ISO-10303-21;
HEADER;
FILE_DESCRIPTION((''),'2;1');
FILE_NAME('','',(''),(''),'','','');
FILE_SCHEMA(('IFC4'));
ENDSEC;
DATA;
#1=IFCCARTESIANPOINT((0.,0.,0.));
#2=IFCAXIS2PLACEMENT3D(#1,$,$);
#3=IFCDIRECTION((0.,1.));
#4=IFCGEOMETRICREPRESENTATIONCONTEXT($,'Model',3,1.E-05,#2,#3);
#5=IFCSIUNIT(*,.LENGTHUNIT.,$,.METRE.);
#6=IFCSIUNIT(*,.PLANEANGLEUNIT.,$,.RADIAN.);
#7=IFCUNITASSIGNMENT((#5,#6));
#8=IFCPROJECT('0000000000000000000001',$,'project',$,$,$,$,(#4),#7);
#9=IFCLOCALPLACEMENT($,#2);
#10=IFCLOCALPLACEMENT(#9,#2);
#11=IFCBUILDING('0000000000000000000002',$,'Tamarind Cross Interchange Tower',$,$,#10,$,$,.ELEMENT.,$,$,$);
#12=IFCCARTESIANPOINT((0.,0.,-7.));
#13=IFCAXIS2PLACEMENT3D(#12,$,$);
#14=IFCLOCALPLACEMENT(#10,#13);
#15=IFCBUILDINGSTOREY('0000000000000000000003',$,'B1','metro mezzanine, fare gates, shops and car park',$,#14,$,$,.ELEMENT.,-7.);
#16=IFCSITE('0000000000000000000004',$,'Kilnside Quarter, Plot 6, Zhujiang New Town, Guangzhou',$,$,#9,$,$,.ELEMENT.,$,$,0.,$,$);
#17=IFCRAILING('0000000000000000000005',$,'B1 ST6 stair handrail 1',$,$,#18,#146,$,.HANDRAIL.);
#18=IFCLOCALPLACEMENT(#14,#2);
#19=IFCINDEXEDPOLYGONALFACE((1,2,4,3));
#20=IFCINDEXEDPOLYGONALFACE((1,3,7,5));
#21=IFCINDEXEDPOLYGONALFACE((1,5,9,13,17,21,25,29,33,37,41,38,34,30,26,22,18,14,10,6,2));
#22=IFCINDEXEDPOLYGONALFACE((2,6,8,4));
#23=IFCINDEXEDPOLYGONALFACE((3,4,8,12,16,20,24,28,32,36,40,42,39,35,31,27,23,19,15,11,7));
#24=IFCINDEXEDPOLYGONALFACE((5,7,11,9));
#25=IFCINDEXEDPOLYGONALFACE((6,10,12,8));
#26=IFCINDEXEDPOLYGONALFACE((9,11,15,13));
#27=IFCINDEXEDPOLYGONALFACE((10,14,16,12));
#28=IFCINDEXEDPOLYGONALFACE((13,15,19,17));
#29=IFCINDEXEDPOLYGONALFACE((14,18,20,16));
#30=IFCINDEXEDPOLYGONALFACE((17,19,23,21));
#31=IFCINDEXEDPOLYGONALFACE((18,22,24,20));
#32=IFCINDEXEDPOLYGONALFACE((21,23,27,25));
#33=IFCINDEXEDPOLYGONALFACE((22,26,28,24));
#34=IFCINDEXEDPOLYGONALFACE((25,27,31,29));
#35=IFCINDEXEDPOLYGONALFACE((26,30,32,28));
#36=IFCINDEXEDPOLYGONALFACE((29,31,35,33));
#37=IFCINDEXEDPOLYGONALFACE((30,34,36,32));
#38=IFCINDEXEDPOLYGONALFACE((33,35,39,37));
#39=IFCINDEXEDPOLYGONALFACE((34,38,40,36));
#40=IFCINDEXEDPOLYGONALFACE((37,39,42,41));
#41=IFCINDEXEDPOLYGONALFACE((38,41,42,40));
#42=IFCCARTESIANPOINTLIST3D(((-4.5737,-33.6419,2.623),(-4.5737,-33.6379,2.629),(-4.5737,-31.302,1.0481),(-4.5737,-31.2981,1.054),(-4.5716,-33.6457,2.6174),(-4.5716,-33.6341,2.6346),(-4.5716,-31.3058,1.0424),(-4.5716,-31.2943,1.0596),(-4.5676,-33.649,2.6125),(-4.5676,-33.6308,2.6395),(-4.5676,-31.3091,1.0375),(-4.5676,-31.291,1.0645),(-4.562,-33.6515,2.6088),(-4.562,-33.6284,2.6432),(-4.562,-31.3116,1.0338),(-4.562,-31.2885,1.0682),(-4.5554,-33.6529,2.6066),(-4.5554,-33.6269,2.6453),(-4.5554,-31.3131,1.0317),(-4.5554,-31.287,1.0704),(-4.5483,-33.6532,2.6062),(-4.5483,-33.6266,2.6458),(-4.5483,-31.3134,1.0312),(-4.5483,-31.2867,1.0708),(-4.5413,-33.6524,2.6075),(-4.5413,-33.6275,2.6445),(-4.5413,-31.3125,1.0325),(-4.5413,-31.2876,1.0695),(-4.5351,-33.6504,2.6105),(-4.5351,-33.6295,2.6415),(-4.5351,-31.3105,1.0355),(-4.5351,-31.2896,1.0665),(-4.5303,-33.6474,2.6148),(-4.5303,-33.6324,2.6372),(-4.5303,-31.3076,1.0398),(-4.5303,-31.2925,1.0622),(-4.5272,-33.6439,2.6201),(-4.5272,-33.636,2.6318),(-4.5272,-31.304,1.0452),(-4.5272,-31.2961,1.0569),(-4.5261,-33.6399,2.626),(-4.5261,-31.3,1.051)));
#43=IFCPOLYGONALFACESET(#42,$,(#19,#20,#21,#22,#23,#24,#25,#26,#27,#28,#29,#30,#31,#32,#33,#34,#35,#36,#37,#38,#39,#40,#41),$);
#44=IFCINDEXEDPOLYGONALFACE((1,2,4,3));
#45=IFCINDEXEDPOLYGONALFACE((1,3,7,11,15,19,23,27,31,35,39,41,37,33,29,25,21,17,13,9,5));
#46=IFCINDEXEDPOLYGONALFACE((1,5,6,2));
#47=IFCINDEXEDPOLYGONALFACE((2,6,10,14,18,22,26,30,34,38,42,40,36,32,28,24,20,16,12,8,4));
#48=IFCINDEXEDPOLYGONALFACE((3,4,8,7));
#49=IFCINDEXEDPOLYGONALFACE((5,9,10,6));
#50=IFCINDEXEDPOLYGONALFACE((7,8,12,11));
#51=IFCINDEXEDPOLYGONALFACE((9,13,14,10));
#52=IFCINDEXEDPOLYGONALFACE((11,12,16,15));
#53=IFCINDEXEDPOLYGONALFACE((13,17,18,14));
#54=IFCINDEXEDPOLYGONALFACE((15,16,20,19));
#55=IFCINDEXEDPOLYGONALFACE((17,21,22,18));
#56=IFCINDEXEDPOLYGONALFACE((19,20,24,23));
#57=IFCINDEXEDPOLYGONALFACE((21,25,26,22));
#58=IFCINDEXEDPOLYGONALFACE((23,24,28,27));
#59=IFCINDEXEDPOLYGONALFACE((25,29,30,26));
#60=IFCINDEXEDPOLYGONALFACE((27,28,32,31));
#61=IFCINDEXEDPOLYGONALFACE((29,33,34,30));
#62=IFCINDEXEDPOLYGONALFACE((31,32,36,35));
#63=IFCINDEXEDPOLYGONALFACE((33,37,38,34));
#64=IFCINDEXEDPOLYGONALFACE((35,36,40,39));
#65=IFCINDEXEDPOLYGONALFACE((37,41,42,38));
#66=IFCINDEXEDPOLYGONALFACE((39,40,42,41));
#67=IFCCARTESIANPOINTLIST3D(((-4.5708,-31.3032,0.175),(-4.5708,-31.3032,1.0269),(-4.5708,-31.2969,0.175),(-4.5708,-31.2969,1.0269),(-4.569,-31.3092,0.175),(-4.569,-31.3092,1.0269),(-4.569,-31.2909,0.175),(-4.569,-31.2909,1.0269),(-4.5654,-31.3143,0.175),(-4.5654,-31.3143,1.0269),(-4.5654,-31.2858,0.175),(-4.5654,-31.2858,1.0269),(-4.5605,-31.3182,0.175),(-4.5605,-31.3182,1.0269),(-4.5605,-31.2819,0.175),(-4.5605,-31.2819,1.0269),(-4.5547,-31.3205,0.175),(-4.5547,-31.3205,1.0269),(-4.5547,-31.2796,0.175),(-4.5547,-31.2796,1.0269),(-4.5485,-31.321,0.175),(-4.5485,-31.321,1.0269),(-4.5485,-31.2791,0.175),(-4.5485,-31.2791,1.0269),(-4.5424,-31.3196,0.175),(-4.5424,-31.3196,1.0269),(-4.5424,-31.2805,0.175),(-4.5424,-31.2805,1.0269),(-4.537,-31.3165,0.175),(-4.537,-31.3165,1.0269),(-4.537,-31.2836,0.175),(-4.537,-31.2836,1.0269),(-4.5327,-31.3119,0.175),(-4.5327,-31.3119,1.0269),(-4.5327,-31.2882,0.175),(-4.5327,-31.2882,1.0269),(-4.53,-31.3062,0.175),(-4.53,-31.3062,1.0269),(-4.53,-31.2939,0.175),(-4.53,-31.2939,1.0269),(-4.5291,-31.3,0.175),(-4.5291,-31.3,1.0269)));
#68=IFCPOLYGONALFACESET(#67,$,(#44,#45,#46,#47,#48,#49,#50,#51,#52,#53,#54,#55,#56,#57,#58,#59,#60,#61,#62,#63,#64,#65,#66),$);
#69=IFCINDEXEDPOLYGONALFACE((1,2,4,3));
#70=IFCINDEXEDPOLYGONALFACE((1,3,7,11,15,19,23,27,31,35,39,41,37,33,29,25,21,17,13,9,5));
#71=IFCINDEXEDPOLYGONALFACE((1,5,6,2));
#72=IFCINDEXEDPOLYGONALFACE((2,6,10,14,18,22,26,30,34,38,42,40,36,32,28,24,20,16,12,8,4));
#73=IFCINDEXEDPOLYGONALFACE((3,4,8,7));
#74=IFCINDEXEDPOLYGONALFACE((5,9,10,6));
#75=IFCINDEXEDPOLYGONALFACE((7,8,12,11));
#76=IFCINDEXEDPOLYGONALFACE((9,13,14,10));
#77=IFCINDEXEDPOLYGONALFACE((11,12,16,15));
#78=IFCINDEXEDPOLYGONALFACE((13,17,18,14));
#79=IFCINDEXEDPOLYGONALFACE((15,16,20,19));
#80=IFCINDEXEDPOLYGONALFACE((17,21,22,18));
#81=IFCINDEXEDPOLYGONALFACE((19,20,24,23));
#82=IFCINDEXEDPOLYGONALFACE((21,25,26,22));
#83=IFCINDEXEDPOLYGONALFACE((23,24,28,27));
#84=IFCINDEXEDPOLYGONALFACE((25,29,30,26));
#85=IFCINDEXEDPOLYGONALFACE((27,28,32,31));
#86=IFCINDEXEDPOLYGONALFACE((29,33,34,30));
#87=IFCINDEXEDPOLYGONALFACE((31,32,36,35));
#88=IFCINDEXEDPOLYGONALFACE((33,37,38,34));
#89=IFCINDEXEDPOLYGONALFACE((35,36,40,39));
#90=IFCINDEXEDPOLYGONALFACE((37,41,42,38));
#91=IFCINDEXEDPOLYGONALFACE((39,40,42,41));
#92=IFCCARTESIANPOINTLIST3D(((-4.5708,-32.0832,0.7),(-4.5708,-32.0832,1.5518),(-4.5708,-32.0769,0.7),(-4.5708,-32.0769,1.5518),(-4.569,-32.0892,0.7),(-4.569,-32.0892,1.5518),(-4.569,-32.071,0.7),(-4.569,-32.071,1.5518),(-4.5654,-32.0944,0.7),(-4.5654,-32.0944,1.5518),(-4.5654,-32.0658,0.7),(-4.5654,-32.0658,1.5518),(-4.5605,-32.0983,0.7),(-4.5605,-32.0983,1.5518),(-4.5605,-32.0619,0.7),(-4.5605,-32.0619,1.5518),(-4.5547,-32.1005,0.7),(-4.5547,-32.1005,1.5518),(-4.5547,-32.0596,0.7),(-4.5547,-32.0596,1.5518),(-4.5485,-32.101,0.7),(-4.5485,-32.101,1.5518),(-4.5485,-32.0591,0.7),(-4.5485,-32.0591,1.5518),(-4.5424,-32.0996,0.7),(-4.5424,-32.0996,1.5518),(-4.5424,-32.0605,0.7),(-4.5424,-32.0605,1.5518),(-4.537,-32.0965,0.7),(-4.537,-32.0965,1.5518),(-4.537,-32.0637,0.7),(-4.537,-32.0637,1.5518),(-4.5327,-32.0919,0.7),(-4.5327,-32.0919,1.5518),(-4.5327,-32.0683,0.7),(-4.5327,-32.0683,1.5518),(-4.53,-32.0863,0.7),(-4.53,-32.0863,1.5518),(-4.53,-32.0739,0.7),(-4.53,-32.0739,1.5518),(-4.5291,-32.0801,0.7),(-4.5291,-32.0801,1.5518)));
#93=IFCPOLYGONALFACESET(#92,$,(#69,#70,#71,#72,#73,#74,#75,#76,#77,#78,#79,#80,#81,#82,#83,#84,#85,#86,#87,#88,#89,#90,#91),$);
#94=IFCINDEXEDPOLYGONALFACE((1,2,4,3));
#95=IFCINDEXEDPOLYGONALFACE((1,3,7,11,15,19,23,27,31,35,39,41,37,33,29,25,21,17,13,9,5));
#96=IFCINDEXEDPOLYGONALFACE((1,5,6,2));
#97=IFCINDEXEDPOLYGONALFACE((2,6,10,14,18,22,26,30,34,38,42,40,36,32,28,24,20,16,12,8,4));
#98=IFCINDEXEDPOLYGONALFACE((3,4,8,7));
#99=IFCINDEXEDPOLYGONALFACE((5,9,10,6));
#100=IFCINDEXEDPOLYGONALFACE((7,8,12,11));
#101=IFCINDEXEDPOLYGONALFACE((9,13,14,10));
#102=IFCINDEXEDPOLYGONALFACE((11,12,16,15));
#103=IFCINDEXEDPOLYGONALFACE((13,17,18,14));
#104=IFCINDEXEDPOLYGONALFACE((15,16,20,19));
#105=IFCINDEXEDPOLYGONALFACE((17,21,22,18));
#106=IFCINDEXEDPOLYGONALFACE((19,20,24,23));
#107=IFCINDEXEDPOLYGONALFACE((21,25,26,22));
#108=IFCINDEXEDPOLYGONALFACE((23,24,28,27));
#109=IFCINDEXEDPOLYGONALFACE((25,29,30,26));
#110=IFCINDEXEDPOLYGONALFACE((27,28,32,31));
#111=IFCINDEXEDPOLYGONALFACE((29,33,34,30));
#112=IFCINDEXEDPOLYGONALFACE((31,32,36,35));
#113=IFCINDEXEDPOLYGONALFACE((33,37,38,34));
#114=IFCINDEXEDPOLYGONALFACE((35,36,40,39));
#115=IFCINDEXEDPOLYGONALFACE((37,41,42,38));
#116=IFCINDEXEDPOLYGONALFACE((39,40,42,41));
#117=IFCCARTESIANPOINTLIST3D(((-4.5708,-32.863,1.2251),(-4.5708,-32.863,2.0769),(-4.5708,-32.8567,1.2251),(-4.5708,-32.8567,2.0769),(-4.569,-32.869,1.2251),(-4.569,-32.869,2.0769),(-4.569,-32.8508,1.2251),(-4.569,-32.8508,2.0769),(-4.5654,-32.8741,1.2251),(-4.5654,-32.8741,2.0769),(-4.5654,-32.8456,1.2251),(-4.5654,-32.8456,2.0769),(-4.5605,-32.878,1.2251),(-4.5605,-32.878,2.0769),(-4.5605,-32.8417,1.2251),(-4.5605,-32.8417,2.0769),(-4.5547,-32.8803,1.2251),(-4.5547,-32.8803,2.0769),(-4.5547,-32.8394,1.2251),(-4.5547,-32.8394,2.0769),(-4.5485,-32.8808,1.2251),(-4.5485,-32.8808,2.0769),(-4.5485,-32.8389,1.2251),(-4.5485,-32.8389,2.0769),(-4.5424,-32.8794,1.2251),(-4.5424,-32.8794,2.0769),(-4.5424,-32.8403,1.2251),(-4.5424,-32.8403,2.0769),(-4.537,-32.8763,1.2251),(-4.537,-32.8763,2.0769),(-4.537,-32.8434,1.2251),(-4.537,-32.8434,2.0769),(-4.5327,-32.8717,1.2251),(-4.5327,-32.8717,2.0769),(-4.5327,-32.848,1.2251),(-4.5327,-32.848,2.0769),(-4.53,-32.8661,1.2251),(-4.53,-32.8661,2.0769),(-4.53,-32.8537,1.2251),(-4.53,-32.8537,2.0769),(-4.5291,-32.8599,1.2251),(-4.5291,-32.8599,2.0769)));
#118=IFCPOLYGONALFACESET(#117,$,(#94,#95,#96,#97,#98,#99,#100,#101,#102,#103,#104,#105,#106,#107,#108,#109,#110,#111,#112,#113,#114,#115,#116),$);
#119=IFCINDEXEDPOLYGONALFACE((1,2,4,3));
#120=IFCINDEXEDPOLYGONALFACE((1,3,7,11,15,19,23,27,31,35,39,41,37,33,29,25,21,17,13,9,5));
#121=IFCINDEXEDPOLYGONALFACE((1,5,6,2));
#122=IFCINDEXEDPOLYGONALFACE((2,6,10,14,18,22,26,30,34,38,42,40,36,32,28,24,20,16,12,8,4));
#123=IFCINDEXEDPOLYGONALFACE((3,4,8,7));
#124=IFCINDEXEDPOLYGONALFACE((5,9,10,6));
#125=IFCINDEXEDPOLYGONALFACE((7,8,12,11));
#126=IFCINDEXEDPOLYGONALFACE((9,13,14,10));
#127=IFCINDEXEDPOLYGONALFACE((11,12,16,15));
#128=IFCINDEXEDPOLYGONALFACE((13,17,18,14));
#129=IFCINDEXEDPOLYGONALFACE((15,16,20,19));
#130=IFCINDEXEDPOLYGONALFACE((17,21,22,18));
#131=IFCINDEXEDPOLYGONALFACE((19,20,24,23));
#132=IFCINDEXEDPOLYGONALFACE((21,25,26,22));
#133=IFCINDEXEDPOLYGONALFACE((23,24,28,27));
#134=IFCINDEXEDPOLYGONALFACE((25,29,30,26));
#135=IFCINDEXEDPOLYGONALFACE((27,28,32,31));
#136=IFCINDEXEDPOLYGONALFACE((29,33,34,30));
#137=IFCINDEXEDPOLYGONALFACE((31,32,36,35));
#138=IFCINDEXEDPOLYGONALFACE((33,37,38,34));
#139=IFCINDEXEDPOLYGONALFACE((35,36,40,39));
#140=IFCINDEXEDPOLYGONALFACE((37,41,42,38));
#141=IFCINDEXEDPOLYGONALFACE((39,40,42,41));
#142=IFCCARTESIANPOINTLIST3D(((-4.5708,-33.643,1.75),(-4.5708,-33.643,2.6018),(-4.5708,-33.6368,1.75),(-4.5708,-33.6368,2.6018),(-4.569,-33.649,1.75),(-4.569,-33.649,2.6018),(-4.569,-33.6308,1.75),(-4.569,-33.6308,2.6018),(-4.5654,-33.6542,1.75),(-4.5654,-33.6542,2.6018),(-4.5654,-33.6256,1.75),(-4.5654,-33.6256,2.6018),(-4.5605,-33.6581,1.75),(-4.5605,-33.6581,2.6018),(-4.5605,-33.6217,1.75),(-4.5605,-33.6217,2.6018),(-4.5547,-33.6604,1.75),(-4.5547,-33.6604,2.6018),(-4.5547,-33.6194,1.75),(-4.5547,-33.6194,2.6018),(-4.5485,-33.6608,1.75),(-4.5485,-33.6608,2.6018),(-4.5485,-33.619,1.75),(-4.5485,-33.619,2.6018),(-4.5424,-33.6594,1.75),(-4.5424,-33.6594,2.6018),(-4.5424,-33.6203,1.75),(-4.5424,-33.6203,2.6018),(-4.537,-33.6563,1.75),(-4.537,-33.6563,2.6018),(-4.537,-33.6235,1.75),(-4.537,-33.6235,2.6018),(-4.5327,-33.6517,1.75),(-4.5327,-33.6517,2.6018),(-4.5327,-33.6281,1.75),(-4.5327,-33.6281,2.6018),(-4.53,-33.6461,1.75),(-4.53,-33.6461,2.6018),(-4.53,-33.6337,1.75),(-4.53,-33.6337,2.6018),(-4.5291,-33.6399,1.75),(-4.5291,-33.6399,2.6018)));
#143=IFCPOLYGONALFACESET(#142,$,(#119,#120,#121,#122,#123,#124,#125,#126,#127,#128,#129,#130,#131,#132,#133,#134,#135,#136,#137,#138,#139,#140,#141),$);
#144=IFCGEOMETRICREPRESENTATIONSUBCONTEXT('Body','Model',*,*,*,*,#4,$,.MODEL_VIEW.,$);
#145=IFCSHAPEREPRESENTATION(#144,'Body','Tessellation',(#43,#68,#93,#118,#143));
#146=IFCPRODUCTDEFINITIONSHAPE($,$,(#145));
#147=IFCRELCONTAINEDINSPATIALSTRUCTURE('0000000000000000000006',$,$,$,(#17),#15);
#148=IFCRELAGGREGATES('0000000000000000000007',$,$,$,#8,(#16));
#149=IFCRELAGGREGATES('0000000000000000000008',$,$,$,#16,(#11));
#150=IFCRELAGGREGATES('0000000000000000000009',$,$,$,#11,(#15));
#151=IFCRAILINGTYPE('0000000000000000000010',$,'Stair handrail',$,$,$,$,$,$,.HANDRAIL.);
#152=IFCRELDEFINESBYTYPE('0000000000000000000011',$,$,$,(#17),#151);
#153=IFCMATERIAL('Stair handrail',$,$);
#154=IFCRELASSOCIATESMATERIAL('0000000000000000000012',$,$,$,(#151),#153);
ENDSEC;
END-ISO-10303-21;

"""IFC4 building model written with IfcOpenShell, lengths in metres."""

from ifc_helpers import new_model, si_unit, direction, frame, origin, origin_2d, place, context, subcontext, project, spatial, circle, extrude, material, type_object, element, save


model = new_model("IFC4")

# Units and contexts
model_context = context("Model", 3, precision=1e-05, world=origin(), true_north=direction((0.0, 1.0)))
body_context = subcontext(model_context, "Body", "Model", "MODEL_VIEW")
ifc_project = project(units=[si_unit("LENGTHUNIT", "METRE"), si_unit("PLANEANGLEUNIT", "RADIAN")], contexts=[model_context])

# Site, building, storey
site_placement = place(None, origin())
site = spatial("IfcSite", under=ifc_project, at=site_placement, Name="Kilnside Quarter, Plot 6, Zhujiang New Town, Guangzhou", CompositionType="ELEMENT", RefElevation=0.0)
building_placement = place(site_placement, origin())
building = spatial("IfcBuilding", under=site, at=building_placement, Name="Tamarind Cross Interchange Tower", CompositionType="ELEMENT")
storey_placement = place(building_placement, frame((0.0, 0.0, -7.0)))
storey = spatial("IfcBuildingStorey", under=building, at=storey_placement, Name="B1", Description="metro mezzanine, fare gates, shops and car park", CompositionType="ELEMENT", Elevation=-7.0)

# Railing
ifc_material_1 = material(Name="Stair handrail")
railing_type_1 = type_object("IfcRailingType", Name="Stair handrail", PredefinedType="HANDRAIL", material=ifc_material_1)
railing_1_placement = place(storey_placement, frame((-4.55, -31.3, 0.175)))
element("IfcRailing", 1, at=railing_1_placement, inside=storey, type_object=railing_type_1, Name="B1 ST6 stair handrail 1", PredefinedType="HANDRAIL", context=body_context, shape_type="SweptSolid", body=[
    extrude(circle(Radius=0.0239, at=origin_2d()), frame((0.0, 0.0, 0.876), z_axis=(0.0, -0.829578, 0.55839), x_axis=(1.0, 0.0, 0.0)), (0.0, 0.0, 1.0), 2.8206),
    extrude(circle(Radius=0.021, at=origin_2d()), origin(), (0.0, 0.0, 1.0), 0.8518),
    extrude(circle(Radius=0.021, at=origin_2d()), frame((0.0, -0.78, 0.5249)), (0.0, 0.0, 1.0), 0.8518),
    extrude(circle(Radius=0.021, at=origin_2d()), frame((0.0, -1.5598, 1.05)), (0.0, 0.0, 1.0), 0.8518),
    extrude(circle(Radius=0.021, at=origin_2d()), frame((0.0, -2.3398, 1.575)), (0.0, 0.0, 1.0), 0.8518),
])

save(model, "model.ifc")
